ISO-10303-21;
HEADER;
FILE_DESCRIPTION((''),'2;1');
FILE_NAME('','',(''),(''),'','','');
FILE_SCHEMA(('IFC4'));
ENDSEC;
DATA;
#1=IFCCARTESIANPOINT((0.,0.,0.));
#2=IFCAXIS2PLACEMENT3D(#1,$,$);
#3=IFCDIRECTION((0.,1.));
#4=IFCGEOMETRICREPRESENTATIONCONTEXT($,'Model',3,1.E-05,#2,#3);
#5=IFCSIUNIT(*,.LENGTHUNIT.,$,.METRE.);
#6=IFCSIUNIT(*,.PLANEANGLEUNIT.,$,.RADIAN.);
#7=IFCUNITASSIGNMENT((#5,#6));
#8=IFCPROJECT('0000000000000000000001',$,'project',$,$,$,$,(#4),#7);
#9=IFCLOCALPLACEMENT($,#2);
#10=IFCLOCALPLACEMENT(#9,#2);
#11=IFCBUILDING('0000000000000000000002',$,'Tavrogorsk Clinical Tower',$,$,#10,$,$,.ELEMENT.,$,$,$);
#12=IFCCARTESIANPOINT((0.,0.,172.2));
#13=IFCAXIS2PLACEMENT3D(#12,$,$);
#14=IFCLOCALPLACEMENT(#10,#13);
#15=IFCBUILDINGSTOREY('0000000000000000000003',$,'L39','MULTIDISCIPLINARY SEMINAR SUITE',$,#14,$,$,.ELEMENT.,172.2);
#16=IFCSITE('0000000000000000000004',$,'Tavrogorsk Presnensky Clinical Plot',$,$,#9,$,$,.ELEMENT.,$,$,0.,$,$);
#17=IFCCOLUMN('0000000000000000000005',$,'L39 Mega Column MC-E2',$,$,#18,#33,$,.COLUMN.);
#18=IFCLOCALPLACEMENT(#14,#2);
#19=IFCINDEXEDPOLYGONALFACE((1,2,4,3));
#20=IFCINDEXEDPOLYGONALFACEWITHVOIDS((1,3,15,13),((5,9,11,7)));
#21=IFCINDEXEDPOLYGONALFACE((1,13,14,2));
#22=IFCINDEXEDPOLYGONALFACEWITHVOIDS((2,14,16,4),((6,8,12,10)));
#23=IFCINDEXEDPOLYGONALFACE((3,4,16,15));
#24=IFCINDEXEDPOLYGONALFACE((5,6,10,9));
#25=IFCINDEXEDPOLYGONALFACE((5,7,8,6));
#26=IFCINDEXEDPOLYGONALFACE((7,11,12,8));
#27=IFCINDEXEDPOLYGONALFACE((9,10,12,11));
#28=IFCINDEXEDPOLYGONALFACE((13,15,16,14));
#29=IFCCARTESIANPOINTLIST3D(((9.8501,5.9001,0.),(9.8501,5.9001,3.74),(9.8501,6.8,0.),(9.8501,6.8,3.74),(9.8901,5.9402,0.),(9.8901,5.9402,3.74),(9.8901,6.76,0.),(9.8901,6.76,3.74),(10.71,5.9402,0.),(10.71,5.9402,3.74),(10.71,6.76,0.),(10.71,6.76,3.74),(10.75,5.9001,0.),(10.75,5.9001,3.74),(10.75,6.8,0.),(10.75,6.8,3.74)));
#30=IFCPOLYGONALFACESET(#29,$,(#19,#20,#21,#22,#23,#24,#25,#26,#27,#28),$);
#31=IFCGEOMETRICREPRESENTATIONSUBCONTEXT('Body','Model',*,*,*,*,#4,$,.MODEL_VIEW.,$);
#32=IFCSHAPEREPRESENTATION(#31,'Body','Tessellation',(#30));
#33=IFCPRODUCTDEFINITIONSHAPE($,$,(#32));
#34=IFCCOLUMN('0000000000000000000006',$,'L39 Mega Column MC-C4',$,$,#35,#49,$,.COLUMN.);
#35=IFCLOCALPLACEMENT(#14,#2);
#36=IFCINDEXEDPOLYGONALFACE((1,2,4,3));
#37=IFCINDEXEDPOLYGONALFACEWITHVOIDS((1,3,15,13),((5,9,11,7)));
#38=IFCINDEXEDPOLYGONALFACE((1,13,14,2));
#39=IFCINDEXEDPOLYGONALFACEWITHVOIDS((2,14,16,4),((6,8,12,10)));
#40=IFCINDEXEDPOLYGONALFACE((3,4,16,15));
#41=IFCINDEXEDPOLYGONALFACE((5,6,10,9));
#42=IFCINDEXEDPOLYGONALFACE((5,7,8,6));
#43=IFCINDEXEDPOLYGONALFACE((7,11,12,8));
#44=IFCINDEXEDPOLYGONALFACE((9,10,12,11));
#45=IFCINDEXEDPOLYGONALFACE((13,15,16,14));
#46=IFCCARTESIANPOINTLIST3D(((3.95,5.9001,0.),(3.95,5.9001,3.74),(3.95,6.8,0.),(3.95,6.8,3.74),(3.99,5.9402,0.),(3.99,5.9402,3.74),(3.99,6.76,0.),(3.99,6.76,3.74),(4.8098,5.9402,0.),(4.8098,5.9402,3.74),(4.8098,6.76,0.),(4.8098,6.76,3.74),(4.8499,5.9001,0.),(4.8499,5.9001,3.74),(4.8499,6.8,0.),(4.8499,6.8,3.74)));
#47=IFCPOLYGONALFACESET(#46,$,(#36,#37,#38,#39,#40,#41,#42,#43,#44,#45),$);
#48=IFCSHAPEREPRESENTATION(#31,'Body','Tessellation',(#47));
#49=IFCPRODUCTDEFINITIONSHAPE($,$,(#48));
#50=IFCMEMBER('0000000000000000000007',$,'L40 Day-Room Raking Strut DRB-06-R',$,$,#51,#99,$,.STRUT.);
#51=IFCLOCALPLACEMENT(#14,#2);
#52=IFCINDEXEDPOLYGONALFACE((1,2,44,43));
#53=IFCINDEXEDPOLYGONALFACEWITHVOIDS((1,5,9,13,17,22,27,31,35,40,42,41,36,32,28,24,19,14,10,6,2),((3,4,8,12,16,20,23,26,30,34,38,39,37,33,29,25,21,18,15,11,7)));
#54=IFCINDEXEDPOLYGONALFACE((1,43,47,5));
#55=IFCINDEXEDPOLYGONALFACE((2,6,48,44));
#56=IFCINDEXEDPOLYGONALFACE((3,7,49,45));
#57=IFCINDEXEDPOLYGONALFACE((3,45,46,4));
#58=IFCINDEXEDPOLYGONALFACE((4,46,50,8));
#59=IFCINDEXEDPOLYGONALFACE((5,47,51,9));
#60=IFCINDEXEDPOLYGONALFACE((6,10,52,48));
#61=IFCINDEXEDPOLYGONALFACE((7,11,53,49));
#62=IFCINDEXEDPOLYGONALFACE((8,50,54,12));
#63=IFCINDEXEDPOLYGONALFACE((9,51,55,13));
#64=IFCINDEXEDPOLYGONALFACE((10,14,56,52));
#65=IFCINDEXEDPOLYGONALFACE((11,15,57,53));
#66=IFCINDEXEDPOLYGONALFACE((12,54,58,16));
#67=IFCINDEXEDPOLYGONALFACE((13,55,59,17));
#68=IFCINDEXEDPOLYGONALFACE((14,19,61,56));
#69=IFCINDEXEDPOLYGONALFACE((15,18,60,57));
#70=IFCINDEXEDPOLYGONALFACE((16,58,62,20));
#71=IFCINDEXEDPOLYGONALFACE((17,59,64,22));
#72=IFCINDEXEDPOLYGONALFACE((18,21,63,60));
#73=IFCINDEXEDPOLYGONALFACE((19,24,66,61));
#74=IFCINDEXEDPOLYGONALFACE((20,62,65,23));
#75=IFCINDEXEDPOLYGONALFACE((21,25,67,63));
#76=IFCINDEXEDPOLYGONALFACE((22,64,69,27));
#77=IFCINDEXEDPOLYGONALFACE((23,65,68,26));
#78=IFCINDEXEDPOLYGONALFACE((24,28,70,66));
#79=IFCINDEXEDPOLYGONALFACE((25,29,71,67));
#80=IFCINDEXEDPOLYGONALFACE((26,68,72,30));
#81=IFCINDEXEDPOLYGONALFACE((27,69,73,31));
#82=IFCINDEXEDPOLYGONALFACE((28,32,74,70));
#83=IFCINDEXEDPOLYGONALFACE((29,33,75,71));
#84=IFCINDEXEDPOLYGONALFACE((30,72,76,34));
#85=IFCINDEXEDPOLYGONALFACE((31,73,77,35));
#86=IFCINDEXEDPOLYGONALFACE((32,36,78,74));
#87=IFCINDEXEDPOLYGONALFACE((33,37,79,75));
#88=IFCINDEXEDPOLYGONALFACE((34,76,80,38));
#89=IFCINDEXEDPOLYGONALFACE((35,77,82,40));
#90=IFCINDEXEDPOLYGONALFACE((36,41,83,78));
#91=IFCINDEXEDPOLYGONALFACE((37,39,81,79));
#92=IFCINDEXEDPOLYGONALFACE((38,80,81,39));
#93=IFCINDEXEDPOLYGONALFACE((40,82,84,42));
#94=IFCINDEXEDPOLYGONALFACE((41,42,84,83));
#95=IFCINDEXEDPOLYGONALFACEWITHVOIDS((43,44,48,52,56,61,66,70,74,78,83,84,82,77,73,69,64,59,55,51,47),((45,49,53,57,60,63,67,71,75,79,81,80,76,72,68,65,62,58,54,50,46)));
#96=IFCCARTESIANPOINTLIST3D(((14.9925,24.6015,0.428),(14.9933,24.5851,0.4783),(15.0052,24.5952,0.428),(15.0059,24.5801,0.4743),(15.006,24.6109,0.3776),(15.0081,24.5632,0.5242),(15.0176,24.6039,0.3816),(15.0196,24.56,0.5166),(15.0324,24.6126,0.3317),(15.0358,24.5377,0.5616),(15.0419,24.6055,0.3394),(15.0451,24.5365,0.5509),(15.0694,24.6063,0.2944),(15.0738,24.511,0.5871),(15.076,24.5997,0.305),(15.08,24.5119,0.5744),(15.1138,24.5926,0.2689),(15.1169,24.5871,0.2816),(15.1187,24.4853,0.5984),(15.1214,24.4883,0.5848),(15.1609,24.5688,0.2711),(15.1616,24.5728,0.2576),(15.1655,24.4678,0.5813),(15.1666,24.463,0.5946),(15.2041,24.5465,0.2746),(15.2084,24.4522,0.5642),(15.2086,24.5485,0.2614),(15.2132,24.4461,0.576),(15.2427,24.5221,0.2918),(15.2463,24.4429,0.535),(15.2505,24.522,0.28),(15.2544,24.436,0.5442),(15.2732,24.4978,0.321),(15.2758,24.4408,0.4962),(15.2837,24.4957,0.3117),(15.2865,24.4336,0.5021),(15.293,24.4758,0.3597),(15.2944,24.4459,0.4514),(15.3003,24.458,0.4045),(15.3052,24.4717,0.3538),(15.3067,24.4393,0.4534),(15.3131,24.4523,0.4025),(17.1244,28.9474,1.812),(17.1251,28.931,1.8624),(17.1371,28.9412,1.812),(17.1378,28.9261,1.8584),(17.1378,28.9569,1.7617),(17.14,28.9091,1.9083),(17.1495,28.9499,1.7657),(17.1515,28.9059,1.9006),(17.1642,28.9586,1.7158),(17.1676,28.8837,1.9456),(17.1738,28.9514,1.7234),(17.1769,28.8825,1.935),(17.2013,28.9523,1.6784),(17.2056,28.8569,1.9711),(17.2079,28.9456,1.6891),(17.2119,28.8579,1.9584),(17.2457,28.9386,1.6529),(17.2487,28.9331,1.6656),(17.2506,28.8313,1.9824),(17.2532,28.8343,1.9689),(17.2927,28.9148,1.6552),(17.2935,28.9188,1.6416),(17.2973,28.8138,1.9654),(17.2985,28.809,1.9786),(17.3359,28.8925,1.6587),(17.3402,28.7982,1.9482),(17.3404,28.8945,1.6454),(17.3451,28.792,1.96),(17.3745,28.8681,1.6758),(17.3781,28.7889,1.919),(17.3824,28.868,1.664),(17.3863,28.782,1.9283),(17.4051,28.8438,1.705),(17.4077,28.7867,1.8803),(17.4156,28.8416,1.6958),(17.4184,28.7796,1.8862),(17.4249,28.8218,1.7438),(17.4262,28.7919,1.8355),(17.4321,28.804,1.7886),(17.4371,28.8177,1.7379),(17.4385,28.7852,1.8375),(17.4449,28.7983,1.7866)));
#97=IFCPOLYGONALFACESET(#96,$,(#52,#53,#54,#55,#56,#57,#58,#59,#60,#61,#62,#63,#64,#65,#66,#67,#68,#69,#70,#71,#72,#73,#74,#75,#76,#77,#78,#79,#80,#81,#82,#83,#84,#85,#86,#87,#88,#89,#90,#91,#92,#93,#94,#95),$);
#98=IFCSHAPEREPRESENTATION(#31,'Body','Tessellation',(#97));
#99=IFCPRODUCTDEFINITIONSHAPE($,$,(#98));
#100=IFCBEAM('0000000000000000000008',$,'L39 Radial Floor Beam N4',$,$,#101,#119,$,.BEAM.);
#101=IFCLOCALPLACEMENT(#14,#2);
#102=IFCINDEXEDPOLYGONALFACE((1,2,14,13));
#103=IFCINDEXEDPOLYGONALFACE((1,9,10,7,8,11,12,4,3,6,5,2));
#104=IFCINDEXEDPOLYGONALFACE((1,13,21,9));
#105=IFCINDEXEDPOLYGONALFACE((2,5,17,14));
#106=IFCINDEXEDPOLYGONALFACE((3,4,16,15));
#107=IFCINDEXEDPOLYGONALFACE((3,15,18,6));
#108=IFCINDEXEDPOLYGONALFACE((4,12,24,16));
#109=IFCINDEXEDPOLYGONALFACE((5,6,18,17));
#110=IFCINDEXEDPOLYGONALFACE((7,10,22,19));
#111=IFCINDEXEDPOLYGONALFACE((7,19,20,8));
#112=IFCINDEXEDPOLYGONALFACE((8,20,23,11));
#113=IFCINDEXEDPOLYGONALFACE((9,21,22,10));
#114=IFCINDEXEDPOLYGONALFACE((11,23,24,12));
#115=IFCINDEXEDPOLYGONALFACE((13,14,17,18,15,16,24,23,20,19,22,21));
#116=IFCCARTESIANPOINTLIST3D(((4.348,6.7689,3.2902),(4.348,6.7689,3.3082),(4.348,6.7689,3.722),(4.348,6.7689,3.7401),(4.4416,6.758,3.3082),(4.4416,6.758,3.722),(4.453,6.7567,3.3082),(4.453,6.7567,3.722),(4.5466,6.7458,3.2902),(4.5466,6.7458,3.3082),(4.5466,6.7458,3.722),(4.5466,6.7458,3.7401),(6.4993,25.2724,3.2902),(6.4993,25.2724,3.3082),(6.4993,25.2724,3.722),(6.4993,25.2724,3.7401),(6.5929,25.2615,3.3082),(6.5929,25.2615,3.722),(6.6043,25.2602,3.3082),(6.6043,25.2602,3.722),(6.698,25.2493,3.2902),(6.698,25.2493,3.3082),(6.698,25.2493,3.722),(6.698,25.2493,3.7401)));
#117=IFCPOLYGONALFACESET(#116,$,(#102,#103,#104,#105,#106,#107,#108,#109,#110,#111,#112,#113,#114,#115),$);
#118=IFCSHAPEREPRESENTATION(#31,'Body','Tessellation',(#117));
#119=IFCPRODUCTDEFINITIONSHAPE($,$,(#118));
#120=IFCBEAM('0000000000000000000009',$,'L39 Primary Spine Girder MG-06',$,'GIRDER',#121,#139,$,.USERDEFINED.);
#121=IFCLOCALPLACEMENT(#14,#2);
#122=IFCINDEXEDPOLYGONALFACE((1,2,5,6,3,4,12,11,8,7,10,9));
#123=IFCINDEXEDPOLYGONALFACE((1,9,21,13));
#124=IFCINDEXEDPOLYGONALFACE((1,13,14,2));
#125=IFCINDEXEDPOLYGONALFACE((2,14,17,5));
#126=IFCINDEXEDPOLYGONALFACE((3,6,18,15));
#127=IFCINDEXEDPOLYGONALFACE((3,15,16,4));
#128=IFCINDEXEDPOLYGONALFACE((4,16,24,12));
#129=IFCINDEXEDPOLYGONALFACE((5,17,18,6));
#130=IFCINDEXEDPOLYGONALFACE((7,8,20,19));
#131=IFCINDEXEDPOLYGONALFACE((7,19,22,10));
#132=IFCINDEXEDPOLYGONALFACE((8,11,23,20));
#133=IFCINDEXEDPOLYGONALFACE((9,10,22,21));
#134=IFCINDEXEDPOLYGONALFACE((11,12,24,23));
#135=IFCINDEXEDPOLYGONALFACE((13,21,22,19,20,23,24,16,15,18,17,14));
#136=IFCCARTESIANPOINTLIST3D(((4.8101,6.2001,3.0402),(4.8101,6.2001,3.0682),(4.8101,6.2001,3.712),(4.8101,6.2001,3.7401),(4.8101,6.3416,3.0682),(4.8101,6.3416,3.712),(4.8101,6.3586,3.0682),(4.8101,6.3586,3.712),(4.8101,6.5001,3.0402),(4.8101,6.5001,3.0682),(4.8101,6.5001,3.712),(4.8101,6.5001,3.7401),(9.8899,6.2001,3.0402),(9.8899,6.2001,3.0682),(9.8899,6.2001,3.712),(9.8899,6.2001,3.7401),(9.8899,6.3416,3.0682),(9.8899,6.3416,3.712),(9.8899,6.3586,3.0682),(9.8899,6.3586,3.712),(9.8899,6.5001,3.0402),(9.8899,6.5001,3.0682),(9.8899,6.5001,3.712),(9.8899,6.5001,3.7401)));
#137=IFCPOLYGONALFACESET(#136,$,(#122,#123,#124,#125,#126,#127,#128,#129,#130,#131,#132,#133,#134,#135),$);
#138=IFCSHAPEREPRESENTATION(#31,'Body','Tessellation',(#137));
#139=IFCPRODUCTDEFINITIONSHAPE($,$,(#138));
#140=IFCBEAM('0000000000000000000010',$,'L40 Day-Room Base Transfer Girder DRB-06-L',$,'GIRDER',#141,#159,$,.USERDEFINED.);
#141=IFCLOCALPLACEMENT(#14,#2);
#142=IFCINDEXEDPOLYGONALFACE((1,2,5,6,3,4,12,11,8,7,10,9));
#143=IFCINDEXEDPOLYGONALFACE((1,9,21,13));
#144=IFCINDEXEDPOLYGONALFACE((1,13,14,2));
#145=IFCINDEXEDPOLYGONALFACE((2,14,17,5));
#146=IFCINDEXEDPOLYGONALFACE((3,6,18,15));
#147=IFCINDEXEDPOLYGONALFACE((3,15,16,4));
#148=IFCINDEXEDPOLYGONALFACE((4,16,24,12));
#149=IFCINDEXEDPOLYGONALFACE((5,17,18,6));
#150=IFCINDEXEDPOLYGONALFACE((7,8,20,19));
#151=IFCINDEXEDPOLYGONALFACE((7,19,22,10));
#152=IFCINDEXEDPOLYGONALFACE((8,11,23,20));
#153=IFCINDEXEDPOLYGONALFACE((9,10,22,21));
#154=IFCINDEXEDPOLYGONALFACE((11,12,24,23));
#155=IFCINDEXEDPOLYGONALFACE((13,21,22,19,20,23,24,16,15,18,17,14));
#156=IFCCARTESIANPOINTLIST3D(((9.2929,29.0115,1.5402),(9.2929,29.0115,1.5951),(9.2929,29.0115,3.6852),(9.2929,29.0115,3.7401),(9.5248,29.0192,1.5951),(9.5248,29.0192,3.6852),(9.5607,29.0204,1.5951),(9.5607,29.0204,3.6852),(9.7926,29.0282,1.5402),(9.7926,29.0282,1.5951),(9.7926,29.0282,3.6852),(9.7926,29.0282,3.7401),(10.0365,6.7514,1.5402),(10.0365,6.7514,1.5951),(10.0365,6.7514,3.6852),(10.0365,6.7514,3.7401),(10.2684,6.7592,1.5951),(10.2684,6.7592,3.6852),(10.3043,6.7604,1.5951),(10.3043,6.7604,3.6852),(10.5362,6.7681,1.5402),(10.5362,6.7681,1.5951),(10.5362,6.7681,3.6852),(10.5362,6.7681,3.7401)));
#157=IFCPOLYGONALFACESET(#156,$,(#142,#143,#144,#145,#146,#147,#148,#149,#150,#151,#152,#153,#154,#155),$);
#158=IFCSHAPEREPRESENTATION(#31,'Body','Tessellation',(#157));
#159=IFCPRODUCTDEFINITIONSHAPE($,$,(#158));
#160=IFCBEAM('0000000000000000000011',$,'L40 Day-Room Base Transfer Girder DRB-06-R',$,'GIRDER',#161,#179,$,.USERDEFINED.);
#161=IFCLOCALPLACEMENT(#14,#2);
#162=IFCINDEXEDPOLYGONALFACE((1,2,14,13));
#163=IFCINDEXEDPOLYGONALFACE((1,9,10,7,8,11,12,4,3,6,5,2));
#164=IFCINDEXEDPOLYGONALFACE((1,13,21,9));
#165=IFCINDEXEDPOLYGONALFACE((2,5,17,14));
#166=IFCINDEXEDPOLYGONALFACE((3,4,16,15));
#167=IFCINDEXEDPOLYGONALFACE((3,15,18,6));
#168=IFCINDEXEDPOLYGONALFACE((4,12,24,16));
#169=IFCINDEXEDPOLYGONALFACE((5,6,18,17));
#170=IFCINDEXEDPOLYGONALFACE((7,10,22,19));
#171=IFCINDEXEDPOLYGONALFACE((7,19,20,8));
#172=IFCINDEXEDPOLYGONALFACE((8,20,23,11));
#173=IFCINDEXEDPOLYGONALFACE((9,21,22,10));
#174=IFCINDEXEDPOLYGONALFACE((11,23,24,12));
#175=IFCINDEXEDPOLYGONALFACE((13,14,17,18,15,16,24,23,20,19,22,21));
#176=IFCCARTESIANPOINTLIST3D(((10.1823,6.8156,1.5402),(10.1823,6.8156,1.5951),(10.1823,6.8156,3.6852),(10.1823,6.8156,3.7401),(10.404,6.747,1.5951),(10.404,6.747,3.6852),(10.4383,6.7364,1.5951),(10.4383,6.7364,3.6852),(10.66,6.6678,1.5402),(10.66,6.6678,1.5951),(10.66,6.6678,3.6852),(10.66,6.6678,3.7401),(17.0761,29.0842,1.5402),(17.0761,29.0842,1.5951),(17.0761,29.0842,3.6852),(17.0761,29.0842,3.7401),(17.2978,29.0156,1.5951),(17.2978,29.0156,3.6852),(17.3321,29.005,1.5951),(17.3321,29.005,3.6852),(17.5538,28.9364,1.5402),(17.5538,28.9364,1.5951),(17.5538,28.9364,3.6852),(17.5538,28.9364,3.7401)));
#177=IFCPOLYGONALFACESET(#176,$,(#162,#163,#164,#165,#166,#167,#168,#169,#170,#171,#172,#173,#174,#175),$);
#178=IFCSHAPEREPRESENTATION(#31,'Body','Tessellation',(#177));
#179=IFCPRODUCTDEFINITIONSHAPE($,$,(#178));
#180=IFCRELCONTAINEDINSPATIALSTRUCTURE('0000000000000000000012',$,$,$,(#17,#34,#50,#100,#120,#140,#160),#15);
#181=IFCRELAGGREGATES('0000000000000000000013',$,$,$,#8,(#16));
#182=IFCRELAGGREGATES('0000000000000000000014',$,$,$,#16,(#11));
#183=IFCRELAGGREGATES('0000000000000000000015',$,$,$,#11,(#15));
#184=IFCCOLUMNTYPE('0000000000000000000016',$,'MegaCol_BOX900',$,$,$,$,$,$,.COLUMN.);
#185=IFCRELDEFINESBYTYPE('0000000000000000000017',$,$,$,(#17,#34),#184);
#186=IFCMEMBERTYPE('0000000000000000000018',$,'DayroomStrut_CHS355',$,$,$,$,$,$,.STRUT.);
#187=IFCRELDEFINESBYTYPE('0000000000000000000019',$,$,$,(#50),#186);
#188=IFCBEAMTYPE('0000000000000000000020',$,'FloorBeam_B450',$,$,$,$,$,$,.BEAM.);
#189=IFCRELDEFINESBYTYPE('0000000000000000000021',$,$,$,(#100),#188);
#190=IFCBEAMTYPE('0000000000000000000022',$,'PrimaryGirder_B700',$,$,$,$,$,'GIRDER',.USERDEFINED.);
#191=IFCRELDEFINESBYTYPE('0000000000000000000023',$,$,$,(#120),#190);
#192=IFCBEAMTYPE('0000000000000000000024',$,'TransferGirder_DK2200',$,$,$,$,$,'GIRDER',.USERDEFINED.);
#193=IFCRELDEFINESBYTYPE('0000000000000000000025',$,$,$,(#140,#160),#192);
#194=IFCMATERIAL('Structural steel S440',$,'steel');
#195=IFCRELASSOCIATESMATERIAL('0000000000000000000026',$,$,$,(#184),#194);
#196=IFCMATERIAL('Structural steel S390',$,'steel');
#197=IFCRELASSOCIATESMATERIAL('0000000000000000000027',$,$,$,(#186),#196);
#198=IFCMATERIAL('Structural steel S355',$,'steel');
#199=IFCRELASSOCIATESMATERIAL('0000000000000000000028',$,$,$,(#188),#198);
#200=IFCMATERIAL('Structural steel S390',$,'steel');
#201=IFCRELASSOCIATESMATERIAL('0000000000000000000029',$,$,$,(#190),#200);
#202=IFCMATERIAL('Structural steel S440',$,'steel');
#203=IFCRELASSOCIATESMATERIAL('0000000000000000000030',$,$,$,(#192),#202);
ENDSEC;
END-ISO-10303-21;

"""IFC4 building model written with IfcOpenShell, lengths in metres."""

from ifc_helpers import new_model, si_unit, direction, frame, origin, origin_2d, place, context, subcontext, project, spatial, hollow_rectangle, hollow_circle, i_section, extrude, material, material_profile, profile_set, type_object, element, save


model = new_model("IFC4")

# Units and contexts
model_context = context("Model", 3, precision=1e-05, world=origin(), true_north=direction((0.0, 1.0)))
body_context = subcontext(model_context, "Body", "Model", "MODEL_VIEW")
ifc_project = project(units=[si_unit("LENGTHUNIT", "METRE"), si_unit("PLANEANGLEUNIT", "RADIAN")], contexts=[model_context])

# Site, building, storey
site_placement = place(None, origin())
site = spatial("IfcSite", under=ifc_project, at=site_placement, Name="Tavrogorsk Presnensky Clinical Plot", CompositionType="ELEMENT", RefElevation=0.0)
building_placement = place(site_placement, origin())
building = spatial("IfcBuilding", under=site, at=building_placement, Name="Tavrogorsk Clinical Tower", CompositionType="ELEMENT")
storey_placement = place(building_placement, frame((0.0, 0.0, 172.2)))
storey = spatial("IfcBuildingStorey", under=building, at=storey_placement, Name="L39", Description="MULTIDISCIPLINARY SEMINAR SUITE", CompositionType="ELEMENT", Elevation=172.2)

# Columns
ifc_material_1 = material(Name="Structural steel S440", Category="steel")
ifc_material_profile_1 = material_profile(ifc_material_1, hollow_rectangle(XDim=0.8999, YDim=0.8999, WallThickness=0.04, at=origin_2d()), Name="BOX-900x900x40")
ifc_profile_set_1 = profile_set([ifc_material_profile_1], Name="Structural steel S440")
column_type = type_object("IfcColumnType", Name="MegaCol_BOX900", PredefinedType="COLUMN", material=ifc_profile_set_1)
for number, where, z_axis, x_axis, name in (
    (1, (10.3, 6.3501, 0.0), (0.0, 0.0, 1.0), (1.0, 0.0, 0.0), "L39 Mega Column MC-E2"),
    (2, (4.3999, 6.3501, 0.0), (0.0, 0.0, 1.0), (1.0, 0.0, 0.0), "L39 Mega Column MC-C4"),
):
    element("IfcColumn", number, at=place(storey_placement, frame(where, z_axis=z_axis, x_axis=x_axis)), inside=storey, type_object=column_type, Name=name, PredefinedType="COLUMN", context=body_context, shape_type="SweptSolid", body=[
        extrude(hollow_rectangle(XDim=0.8999, YDim=0.8999, WallThickness=0.04, at=origin_2d()), origin(), (0.0, 0.0, 1.0), 3.74),
    ])

# Member
ifc_material_2 = material(Name="Structural steel S390", Category="steel")
ifc_material_profile_2 = material_profile(ifc_material_2, hollow_circle(Radius=0.1777, WallThickness=0.0142, at=origin_2d()), Name="CHS-355.6x14.2")
ifc_profile_set_2 = profile_set([ifc_material_profile_2], Name="Structural steel S390")
member_type = type_object("IfcMemberType", Name="DayroomStrut_CHS355", PredefinedType="STRUT", material=ifc_profile_set_2)
member_placement = place(storey_placement, frame((15.1521, 24.5232, 0.428), z_axis=(0.423434, 0.86321, 0.274902), x_axis=(-0.897801, 0.440402, 0.0)))
element("IfcMember", 3, at=member_placement, inside=storey, type_object=member_type, Name="L40 Day-Room Raking Strut DRB-06-R", PredefinedType="STRUT", context=body_context, shape_type="SweptSolid", body=[
    extrude(hollow_circle(Radius=0.1777, WallThickness=0.0142, at=origin_2d()), origin(), (0.0, 0.0, 1.0), 5.0347),
])

# Beams
ifc_material_3 = material(Name="Structural steel S355", Category="steel")
ifc_material_profile_3 = material_profile(ifc_material_3, i_section(OverallWidth=0.2, OverallDepth=0.45, WebThickness=0.0115, FlangeThickness=0.0181, at=origin_2d()), Name="B-450x200x11.5x18")
ifc_profile_set_3 = profile_set([ifc_material_profile_3], Name="Structural steel S355")
beam_type_1 = type_object("IfcBeamType", Name="FloorBeam_B450", PredefinedType="BEAM", material=ifc_profile_set_3)
beam_1_placement = place(storey_placement, frame((4.4473, 6.7573, 3.5151), z_axis=(0.115491, 0.993309, 0.0), x_axis=(-0.993309, 0.115491, 0.0)))
element("IfcBeam", 4, at=beam_1_placement, inside=storey, type_object=beam_type_1, Name="L39 Radial Floor Beam N4", PredefinedType="BEAM", context=body_context, shape_type="SweptSolid", body=[
    extrude(i_section(OverallWidth=0.2, OverallDepth=0.45, WebThickness=0.0115, FlangeThickness=0.0181, at=origin_2d()), origin(), (0.0, 0.0, 1.0), 18.6282),
])
ifc_material_4 = material(Name="Structural steel S390", Category="steel")
ifc_material_profile_4 = material_profile(ifc_material_4, i_section(OverallWidth=0.3, OverallDepth=0.7, WebThickness=0.0171, FlangeThickness=0.0281, at=origin_2d()), Name="B-700x300x17x28")
ifc_profile_set_4 = profile_set([ifc_material_profile_4], Name="Structural steel S390")
beam_type_2 = type_object("IfcBeamType", Name="PrimaryGirder_B700", ElementType="GIRDER", PredefinedType="USERDEFINED", material=ifc_profile_set_4)
beam_2_placement = place(storey_placement, frame((4.8101, 6.3501, 3.3901), z_axis=(1.0, 0.0, 0.0), x_axis=(0.0, 1.0, 0.0)))
element("IfcBeam", 5, at=beam_2_placement, inside=storey, type_object=beam_type_2, Name="L39 Primary Spine Girder MG-06", ObjectType="GIRDER", PredefinedType="USERDEFINED", context=body_context, shape_type="SweptSolid", body=[
    extrude(i_section(OverallWidth=0.3, OverallDepth=0.7, WebThickness=0.0171, FlangeThickness=0.0281, at=origin_2d()), origin(), (0.0, 0.0, 1.0), 5.0798),
])
ifc_material_5 = material(Name="Structural steel S440", Category="steel")
ifc_material_profile_5 = material_profile(ifc_material_5, i_section(OverallWidth=0.5, OverallDepth=2.2, WebThickness=0.0359, FlangeThickness=0.0549, at=origin_2d()), Name="DK-2200x500x36x55")
ifc_profile_set_5 = profile_set([ifc_material_profile_5], Name="Structural steel S440")
beam_type_3 = type_object("IfcBeamType", Name="TransferGirder_DK2200", ElementType="GIRDER", PredefinedType="USERDEFINED", material=ifc_profile_set_5)
beam_3_placement = place(storey_placement, frame((10.2864, 6.7598, 2.6401), z_axis=(-0.033389, 0.999442, 0.0), x_axis=(-0.999442, -0.033389, 0.0)))
element("IfcBeam", 6, at=beam_3_placement, inside=storey, type_object=beam_type_3, Name="L40 Day-Room Base Transfer Girder DRB-06-L", ObjectType="GIRDER", PredefinedType="USERDEFINED", context=body_context, shape_type="SweptSolid", body=[
    extrude(i_section(OverallWidth=0.5, OverallDepth=2.2, WebThickness=0.0359, FlangeThickness=0.0549, at=origin_2d()), origin(), (0.0, 0.0, 1.0), 22.2725),
])
beam_4_placement = place(storey_placement, frame((10.4211, 6.7417, 2.6401), z_axis=(0.295729, 0.955272, 0.0), x_axis=(-0.955272, 0.295729, 0.0)))
element("IfcBeam", 7, at=beam_4_placement, inside=storey, type_object=beam_type_3, Name="L40 Day-Room Base Transfer Girder DRB-06-R", ObjectType="GIRDER", PredefinedType="USERDEFINED", context=body_context, shape_type="SweptSolid", body=[
    extrude(i_section(OverallWidth=0.5, OverallDepth=2.2, WebThickness=0.0359, FlangeThickness=0.0549, at=origin_2d()), origin(), (0.0, 0.0, 1.0), 23.3113),
])

save(model, "model.ifc")
